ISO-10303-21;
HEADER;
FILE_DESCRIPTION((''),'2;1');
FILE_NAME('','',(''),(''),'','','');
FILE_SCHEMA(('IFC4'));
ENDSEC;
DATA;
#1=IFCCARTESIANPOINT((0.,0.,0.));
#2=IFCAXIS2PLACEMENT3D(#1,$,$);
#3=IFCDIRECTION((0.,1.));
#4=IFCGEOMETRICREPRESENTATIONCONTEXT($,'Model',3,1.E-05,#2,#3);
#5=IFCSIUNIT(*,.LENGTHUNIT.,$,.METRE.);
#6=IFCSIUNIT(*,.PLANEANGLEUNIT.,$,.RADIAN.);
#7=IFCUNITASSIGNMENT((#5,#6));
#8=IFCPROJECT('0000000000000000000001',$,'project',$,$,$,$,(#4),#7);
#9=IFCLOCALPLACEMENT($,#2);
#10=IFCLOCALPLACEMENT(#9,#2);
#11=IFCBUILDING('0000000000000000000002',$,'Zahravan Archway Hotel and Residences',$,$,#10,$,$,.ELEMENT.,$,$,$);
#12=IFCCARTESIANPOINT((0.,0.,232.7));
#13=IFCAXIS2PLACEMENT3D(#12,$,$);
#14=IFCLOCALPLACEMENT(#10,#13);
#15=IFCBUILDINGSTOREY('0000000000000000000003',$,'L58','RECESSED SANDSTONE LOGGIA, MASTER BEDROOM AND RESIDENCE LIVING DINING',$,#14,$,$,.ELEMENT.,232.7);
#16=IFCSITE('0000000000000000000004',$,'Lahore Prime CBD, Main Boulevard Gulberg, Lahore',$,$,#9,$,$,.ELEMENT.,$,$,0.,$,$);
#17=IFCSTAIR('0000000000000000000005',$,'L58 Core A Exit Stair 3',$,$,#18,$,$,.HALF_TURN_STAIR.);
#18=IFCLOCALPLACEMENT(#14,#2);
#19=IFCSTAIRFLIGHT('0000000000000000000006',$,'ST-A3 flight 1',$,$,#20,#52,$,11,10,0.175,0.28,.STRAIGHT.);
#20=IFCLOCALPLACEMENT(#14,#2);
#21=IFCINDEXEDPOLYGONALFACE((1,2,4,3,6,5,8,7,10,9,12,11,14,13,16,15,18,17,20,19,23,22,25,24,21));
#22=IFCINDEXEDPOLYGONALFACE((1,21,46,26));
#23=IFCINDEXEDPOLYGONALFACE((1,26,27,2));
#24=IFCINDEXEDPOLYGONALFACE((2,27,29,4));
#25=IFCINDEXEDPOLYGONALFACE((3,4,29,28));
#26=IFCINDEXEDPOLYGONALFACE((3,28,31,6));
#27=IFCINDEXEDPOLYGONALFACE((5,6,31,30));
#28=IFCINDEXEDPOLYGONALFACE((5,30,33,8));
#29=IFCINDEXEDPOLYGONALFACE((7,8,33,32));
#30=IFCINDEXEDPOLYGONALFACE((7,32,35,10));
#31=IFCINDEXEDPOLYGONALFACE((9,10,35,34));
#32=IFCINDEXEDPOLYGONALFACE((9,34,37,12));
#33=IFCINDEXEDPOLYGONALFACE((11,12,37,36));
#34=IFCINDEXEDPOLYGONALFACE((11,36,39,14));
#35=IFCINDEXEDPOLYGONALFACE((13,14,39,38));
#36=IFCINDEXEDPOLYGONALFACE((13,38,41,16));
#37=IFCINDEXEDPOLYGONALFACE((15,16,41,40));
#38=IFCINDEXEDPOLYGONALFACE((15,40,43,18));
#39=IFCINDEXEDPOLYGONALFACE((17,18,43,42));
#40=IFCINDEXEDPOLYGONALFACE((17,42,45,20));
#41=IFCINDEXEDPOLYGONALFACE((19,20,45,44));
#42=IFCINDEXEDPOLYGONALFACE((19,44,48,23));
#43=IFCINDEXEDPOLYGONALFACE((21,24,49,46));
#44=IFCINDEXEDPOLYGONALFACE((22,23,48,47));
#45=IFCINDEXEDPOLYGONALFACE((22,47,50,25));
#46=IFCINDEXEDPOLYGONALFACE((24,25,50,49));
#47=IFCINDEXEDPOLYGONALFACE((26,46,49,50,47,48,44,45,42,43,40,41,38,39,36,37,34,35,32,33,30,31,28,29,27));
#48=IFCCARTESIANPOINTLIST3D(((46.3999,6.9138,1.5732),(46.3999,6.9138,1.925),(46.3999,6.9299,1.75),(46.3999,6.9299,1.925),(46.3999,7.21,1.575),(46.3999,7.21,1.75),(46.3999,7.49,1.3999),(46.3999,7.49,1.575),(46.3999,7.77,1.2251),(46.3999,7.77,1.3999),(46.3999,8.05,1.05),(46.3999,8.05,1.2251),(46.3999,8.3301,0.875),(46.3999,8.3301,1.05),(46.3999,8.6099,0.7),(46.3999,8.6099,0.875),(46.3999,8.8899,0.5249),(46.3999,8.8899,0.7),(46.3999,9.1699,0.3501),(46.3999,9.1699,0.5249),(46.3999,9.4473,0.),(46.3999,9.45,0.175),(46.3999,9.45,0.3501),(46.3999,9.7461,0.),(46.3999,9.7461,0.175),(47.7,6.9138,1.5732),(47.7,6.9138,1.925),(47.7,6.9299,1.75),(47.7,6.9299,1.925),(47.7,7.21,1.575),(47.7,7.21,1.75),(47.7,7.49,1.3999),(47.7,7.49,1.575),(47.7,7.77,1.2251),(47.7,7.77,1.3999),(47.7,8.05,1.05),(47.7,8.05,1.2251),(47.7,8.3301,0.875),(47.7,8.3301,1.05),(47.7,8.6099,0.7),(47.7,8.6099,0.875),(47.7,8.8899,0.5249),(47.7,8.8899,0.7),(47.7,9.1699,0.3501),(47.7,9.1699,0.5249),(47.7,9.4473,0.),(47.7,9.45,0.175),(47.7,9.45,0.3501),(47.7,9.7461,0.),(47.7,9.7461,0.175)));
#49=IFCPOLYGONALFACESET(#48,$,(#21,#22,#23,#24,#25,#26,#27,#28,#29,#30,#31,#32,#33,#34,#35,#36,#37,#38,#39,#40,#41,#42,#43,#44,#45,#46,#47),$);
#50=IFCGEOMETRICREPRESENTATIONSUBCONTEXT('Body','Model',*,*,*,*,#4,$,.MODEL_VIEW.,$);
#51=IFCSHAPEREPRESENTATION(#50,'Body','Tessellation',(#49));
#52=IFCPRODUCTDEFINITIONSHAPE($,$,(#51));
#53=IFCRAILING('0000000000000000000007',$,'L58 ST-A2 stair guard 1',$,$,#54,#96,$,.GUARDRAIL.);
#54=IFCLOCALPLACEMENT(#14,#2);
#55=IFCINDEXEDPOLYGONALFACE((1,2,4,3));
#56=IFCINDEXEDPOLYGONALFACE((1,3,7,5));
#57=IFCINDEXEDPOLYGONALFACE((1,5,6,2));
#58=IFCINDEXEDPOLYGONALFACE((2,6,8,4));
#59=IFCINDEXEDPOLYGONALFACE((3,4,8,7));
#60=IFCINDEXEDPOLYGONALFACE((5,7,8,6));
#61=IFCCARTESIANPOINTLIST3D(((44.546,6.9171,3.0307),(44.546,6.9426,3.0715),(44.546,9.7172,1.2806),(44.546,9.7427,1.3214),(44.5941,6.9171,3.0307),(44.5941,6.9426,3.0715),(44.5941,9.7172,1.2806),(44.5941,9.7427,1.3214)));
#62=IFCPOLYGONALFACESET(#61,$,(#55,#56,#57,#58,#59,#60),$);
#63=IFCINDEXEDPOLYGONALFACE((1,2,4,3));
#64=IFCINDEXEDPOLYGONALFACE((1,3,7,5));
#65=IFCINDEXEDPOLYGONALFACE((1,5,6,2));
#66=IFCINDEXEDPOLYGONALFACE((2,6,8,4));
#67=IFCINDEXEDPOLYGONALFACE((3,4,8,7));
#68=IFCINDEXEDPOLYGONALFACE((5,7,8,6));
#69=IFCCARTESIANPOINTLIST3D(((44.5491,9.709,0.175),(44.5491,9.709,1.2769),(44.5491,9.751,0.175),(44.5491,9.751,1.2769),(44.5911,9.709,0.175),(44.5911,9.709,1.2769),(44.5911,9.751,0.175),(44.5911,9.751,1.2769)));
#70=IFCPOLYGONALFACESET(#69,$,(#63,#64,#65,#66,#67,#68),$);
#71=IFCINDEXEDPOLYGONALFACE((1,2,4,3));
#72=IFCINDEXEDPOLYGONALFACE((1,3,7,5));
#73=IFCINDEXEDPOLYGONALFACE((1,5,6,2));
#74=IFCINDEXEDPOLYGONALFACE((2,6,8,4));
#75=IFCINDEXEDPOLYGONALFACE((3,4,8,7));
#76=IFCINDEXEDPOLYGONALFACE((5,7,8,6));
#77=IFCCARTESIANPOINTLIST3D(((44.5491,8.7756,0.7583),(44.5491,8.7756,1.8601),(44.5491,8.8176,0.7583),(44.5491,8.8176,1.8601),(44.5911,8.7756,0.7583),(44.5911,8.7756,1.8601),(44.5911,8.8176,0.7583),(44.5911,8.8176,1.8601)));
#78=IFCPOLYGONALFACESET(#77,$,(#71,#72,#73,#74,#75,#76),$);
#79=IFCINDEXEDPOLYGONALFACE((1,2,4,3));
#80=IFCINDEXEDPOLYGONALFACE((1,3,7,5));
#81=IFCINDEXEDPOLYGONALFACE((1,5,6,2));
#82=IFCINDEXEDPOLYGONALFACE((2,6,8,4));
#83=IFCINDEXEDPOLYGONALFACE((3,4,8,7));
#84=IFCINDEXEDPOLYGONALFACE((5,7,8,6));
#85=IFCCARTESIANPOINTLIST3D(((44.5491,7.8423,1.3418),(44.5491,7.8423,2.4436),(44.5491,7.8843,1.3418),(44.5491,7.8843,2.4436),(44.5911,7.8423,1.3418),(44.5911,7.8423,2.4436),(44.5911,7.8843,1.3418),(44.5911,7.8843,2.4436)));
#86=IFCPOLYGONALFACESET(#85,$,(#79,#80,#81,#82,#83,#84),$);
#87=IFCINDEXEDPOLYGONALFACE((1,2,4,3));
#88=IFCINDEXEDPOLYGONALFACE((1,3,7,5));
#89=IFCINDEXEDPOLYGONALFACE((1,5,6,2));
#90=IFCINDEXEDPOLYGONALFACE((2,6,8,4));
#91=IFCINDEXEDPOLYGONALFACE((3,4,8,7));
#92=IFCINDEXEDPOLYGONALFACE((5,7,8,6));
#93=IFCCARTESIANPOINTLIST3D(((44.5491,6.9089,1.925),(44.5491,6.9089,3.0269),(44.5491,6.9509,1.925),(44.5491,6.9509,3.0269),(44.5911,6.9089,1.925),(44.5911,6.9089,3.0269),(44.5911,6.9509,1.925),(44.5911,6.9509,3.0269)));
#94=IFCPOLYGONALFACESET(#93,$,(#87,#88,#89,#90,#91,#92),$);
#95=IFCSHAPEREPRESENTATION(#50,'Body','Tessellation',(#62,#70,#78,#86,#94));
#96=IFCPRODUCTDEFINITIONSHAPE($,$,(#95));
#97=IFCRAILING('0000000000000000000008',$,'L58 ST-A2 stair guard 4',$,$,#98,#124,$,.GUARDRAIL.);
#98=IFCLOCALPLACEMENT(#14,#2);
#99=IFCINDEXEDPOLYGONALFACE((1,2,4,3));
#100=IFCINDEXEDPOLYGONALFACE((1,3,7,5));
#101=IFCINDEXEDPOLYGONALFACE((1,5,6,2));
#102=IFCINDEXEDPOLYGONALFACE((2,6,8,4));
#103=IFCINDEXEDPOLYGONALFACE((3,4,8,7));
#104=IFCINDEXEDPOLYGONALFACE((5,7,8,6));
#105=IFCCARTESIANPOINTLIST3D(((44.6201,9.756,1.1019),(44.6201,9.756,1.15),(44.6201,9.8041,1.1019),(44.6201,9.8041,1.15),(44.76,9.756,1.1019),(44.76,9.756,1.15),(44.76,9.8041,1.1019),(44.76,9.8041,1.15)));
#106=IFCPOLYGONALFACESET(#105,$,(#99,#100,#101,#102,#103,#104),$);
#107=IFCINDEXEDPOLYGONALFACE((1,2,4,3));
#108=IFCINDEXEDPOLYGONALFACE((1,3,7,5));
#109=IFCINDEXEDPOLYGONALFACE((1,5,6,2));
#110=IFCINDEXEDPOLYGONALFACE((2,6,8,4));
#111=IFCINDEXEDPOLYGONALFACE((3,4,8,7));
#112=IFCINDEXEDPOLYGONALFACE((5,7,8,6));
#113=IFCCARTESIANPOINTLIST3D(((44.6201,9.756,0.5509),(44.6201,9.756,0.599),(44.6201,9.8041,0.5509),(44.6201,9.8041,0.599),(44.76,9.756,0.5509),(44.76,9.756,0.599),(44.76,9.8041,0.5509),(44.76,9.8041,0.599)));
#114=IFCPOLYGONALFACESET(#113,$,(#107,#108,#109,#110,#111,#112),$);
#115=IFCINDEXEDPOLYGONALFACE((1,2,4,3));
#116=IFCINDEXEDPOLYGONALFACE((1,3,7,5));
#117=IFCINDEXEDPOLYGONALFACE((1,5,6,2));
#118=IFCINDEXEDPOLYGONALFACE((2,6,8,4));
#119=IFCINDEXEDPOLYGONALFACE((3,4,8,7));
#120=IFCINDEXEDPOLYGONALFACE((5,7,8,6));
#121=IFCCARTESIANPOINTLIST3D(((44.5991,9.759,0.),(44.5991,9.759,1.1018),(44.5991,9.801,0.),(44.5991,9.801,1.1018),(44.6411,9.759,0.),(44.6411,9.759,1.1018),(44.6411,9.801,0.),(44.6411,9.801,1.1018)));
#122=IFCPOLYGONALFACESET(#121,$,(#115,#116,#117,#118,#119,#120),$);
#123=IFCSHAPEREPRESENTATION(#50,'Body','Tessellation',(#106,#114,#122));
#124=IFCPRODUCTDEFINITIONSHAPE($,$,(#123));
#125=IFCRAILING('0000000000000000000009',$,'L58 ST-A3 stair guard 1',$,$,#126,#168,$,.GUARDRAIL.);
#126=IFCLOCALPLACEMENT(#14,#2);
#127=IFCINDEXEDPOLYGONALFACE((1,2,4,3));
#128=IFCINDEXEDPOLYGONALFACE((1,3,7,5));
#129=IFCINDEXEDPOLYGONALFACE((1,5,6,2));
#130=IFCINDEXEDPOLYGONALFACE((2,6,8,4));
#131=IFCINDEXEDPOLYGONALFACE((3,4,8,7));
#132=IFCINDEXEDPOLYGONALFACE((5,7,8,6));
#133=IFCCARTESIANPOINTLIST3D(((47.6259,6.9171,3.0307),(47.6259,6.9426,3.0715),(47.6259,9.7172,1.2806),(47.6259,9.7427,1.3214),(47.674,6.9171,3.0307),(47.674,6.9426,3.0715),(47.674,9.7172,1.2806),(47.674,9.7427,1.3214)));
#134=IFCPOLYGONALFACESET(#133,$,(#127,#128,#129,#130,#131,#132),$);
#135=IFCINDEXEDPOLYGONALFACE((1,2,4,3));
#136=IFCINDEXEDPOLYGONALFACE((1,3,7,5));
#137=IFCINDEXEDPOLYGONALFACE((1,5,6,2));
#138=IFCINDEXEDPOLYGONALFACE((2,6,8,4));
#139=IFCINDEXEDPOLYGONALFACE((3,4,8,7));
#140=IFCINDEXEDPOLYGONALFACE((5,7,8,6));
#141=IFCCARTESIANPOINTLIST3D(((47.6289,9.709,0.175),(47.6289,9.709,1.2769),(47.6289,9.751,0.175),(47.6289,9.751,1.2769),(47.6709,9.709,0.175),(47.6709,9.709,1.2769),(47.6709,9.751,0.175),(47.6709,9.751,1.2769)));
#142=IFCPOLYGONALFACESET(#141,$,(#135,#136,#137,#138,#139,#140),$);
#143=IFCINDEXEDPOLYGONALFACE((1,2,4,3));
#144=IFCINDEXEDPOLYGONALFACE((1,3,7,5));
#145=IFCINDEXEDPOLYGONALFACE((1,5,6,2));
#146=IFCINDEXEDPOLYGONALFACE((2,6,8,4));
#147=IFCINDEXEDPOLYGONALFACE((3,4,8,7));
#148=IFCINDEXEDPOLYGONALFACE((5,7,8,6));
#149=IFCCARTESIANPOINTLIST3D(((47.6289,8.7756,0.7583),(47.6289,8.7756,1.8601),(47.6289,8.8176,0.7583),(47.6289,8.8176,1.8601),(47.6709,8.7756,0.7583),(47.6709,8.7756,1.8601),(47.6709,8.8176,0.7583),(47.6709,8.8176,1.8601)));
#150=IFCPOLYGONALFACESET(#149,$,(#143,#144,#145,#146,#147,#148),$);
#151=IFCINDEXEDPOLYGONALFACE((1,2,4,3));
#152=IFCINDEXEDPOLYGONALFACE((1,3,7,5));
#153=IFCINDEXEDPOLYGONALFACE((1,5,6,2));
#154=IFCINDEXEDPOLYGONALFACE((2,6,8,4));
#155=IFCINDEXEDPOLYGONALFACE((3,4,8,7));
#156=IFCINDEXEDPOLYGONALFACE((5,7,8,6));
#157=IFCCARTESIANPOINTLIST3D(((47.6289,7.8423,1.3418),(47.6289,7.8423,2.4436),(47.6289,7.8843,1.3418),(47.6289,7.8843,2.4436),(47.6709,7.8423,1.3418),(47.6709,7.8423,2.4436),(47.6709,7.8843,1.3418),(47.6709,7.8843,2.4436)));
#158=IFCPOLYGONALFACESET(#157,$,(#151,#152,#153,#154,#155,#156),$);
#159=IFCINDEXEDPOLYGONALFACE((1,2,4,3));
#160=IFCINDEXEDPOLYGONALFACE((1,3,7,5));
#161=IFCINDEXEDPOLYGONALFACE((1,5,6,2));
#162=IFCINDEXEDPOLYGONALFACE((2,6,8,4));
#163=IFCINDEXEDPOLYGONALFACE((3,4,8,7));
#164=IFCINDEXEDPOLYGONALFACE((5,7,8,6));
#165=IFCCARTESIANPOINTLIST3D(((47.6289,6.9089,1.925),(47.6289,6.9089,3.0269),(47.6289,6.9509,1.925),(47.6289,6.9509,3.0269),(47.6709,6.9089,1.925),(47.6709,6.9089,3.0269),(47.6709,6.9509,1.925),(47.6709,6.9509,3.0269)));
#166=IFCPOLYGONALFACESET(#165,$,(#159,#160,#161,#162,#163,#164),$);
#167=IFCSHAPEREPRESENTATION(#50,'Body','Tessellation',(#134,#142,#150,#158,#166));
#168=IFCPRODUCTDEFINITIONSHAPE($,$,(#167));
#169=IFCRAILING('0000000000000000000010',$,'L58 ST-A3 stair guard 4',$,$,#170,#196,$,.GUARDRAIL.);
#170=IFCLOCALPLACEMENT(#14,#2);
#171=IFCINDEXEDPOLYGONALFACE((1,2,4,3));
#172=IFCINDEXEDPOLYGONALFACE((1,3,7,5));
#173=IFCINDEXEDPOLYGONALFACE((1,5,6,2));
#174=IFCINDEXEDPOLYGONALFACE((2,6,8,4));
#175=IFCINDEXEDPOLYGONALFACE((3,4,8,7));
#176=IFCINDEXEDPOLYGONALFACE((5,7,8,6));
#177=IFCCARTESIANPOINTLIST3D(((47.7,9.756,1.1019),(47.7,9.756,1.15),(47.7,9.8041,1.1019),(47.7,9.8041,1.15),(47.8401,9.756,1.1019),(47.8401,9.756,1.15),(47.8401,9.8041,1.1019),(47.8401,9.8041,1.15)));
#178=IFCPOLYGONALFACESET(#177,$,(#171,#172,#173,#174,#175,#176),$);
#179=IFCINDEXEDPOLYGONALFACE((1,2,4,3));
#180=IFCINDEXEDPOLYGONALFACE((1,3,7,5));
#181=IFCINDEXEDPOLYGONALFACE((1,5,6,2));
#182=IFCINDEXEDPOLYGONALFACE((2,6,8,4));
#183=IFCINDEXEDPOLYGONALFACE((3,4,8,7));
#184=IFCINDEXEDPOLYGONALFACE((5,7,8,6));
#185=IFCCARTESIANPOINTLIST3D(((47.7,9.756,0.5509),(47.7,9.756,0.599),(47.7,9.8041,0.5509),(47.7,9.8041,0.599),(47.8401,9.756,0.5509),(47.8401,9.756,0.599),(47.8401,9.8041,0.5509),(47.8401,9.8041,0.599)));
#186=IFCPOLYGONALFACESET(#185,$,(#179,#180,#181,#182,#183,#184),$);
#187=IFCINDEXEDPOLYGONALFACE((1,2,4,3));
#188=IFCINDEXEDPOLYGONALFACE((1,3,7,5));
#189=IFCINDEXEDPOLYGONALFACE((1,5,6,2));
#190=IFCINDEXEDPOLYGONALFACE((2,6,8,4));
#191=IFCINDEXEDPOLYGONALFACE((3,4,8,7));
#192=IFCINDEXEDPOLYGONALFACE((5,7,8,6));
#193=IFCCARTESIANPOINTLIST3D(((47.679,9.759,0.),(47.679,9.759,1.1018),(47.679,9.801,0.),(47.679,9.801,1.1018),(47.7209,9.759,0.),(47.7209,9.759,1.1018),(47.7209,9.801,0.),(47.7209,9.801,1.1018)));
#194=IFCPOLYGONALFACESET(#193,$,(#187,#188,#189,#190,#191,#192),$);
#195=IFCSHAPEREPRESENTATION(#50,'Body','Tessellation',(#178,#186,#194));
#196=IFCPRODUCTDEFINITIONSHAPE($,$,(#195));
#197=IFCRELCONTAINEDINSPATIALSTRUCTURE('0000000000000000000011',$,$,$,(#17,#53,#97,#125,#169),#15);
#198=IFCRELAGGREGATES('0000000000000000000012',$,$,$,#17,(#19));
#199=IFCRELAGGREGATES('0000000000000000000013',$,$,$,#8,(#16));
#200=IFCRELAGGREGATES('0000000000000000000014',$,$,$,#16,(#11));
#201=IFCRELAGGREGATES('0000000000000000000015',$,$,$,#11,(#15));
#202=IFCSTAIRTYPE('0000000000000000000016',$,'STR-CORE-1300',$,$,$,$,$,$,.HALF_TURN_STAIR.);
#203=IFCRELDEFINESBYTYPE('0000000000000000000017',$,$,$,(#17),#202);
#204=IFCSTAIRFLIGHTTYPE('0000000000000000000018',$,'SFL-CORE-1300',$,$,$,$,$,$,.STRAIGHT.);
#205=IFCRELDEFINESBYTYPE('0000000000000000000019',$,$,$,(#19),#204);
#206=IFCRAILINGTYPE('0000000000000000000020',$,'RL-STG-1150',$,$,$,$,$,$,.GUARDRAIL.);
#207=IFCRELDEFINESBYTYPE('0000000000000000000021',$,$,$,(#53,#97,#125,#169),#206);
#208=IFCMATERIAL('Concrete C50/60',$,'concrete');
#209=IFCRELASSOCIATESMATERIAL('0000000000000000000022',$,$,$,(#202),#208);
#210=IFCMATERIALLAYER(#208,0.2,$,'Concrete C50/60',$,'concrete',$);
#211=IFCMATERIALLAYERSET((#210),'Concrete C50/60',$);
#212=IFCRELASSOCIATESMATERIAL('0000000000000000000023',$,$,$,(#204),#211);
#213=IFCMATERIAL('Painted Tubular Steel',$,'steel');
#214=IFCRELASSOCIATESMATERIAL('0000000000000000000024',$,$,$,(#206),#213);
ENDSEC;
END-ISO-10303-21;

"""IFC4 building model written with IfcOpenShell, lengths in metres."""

from ifc_helpers import new_model, si_unit, direction, frame, origin, origin_2d, place, context, subcontext, project, spatial, polyline, rectangle, outline, extrude, source, transform, mapped, material, layer, layer_set, type_object, element, aggregate, save


model = new_model("IFC4")

# Units and contexts
model_context = context("Model", 3, precision=1e-05, world=origin(), true_north=direction((0.0, 1.0)))
body_context = subcontext(model_context, "Body", "Model", "MODEL_VIEW")
ifc_project = project(units=[si_unit("LENGTHUNIT", "METRE"), si_unit("PLANEANGLEUNIT", "RADIAN")], contexts=[model_context])

# Site, building, storey
site_placement = place(None, origin())
site = spatial("IfcSite", under=ifc_project, at=site_placement, Name="Lahore Prime CBD, Main Boulevard Gulberg, Lahore", CompositionType="ELEMENT", RefElevation=0.0)
building_placement = place(site_placement, origin())
building = spatial("IfcBuilding", under=site, at=building_placement, Name="Zahravan Archway Hotel and Residences", CompositionType="ELEMENT")
storey_placement = place(building_placement, frame((0.0, 0.0, 232.7)))
storey = spatial("IfcBuildingStorey", under=building, at=storey_placement, Name="L58", Description="RECESSED SANDSTONE LOGGIA, MASTER BEDROOM AND RESIDENCE LIVING DINING", CompositionType="ELEMENT", Elevation=232.7)

# Shared definitions
ifc_material_1 = material(Name="Concrete C50/60", Category="concrete")

# Stair, stair flight
stair_type = type_object("IfcStairType", Name="STR-CORE-1300", PredefinedType="HALF_TURN_STAIR", material=ifc_material_1)
ifc_layer_1 = layer(ifc_material_1, 0.2, Name="Concrete C50/60", Category="concrete")
ifc_layer_set_1 = layer_set([ifc_layer_1], Name="Concrete C50/60")
stair_flight_type = type_object("IfcStairFlightType", Name="SFL-CORE-1300", PredefinedType="STRAIGHT", material=ifc_layer_set_1)
shared_shape_1 = source(origin(), body_context, "Body", "SweptSolid", [
    extrude(outline(polyline([(-0.0161, 0.0), (-0.0161, 0.175), (0.28, 0.175), (0.28, 0.3501), (0.5601, 0.3501), (0.5601, 0.5249), (0.8401, 0.5249), (0.8401, 0.7), (1.1201, 0.7), (1.1201, 0.875), (1.3999, 0.875), (1.3999, 1.05), (1.6799, 1.05), (1.6799, 1.2251), (1.96, 1.2251), (1.96, 1.3999), (2.24, 1.3999), (2.24, 1.575), (2.52, 1.575), (2.52, 1.75), (2.8, 1.75), (2.8, 1.925), (2.8162, 1.925), (2.8162, 1.5732), (0.2827, 0.0), (-0.0161, 0.0)])), frame((0.0, 0.6499, 0.0), z_axis=(0.0, -1.0, 0.0), x_axis=(1.0, 0.0, 0.0)), (0.0, 0.0, 1.0), 1.3),
])
stair_1_placement = place(storey_placement, origin())
stair_1 = element("IfcStair", 1, at=stair_1_placement, inside=storey, type_object=stair_type, Name="L58 Core A Exit Stair 3", PredefinedType="HALF_TURN_STAIR")
stair_flight_1_placement = place(storey_placement, frame((47.05, 9.73, 0.0), z_axis=(0.0, 0.0, 1.0), x_axis=(0.0, -1.0, 0.0)))
stair_flight_1 = element("IfcStairFlight", 2, at=stair_flight_1_placement, type_object=stair_flight_type, Name="ST-A3 flight 1", NumberOfRisers=11, NumberOfTreads=10, PredefinedType="STRAIGHT", RiserHeight=0.175, TreadLength=0.28, context=body_context, shape_type="MappedRepresentation", body=[
    mapped(shared_shape_1, transform((0.0, 0.0, 0.0), scale=1.0)),
])
aggregate(stair_1, [stair_flight_1])

# Railings
ifc_material_2 = material(Name="Painted Tubular Steel", Category="steel")
railing_type_1 = type_object("IfcRailingType", Name="RL-STG-1150", PredefinedType="GUARDRAIL", material=ifc_material_2)
railing_1_placement = place(storey_placement, frame((44.5701, 9.73, 0.175)))
element("IfcRailing", 3, at=railing_1_placement, inside=storey, type_object=railing_type_1, Name="L58 ST-A2 stair guard 1", PredefinedType="GUARDRAIL", context=body_context, shape_type="SweptSolid", body=[
    extrude(rectangle(XDim=0.0481, YDim=0.0481, at=origin_2d()), frame((0.0, 0.0, 1.126), z_axis=(0.0, -0.848002, 0.529992), x_axis=(1.0, 0.0, 0.0)), (0.0, 0.0, 1.0), 3.302),
    extrude(rectangle(XDim=0.042, YDim=0.042, at=origin_2d()), origin(), (0.0, 0.0, 1.0), 1.1018),
    extrude(rectangle(XDim=0.042, YDim=0.042, at=origin_2d()), frame((0.0, -0.9333, 0.5833)), (0.0, 0.0, 1.0), 1.1018),
    extrude(rectangle(XDim=0.042, YDim=0.042, at=origin_2d()), frame((0.0, -1.8667, 1.1667)), (0.0, 0.0, 1.0), 1.1018),
    extrude(rectangle(XDim=0.042, YDim=0.042, at=origin_2d()), frame((0.0, -2.8, 1.75)), (0.0, 0.0, 1.0), 1.1018),
])
railing_2_placement = place(storey_placement, frame((44.6201, 9.78, 0.0)))
element("IfcRailing", 4, at=railing_2_placement, inside=storey, type_object=railing_type_1, Name="L58 ST-A2 stair guard 4", PredefinedType="GUARDRAIL", context=body_context, shape_type="SweptSolid", body=[
    extrude(rectangle(XDim=0.0481, YDim=0.0481, at=origin_2d()), frame((0.0, 0.0, 1.126), z_axis=(1.0, 0.0, 0.0), x_axis=(0.0, 1.0, 0.0)), (0.0, 0.0, 1.0), 0.1399),
    extrude(rectangle(XDim=0.0481, YDim=0.0481, at=origin_2d()), frame((0.0, 0.0, 0.575), z_axis=(1.0, 0.0, 0.0), x_axis=(0.0, 1.0, 0.0)), (0.0, 0.0, 1.0), 0.1399),
    extrude(rectangle(XDim=0.042, YDim=0.042, at=origin_2d()), origin(), (0.0, 0.0, 1.0), 1.1018),
])
railing_3_placement = place(storey_placement, frame((47.6499, 9.73, 0.175)))
element("IfcRailing", 5, at=railing_3_placement, inside=storey, type_object=railing_type_1, Name="L58 ST-A3 stair guard 1", PredefinedType="GUARDRAIL", context=body_context, shape_type="SweptSolid", body=[
    extrude(rectangle(XDim=0.0481, YDim=0.0481, at=origin_2d()), frame((0.0, 0.0, 1.126), z_axis=(0.0, -0.848002, 0.529992), x_axis=(1.0, 0.0, 0.0)), (0.0, 0.0, 1.0), 3.302),
    extrude(rectangle(XDim=0.042, YDim=0.042, at=origin_2d()), origin(), (0.0, 0.0, 1.0), 1.1018),
    extrude(rectangle(XDim=0.042, YDim=0.042, at=origin_2d()), frame((0.0, -0.9333, 0.5833)), (0.0, 0.0, 1.0), 1.1018),
    extrude(rectangle(XDim=0.042, YDim=0.042, at=origin_2d()), frame((0.0, -1.8667, 1.1667)), (0.0, 0.0, 1.0), 1.1018),
    extrude(rectangle(XDim=0.042, YDim=0.042, at=origin_2d()), frame((0.0, -2.8, 1.75)), (0.0, 0.0, 1.0), 1.1018),
])
railing_4_placement = place(storey_placement, frame((47.7, 9.78, 0.0)))
element("IfcRailing", 6, at=railing_4_placement, inside=storey, type_object=railing_type_1, Name="L58 ST-A3 stair guard 4", PredefinedType="GUARDRAIL", context=body_context, shape_type="SweptSolid", body=[
    extrude(rectangle(XDim=0.0481, YDim=0.0481, at=origin_2d()), frame((0.0, 0.0, 1.126), z_axis=(1.0, 0.0, 0.0), x_axis=(0.0, 1.0, 0.0)), (0.0, 0.0, 1.0), 0.1401),
    extrude(rectangle(XDim=0.0481, YDim=0.0481, at=origin_2d()), frame((0.0, 0.0, 0.575), z_axis=(1.0, 0.0, 0.0), x_axis=(0.0, 1.0, 0.0)), (0.0, 0.0, 1.0), 0.1401),
    extrude(rectangle(XDim=0.042, YDim=0.042, at=origin_2d()), origin(), (0.0, 0.0, 1.0), 1.1018),
])

save(model, "model.ifc")
